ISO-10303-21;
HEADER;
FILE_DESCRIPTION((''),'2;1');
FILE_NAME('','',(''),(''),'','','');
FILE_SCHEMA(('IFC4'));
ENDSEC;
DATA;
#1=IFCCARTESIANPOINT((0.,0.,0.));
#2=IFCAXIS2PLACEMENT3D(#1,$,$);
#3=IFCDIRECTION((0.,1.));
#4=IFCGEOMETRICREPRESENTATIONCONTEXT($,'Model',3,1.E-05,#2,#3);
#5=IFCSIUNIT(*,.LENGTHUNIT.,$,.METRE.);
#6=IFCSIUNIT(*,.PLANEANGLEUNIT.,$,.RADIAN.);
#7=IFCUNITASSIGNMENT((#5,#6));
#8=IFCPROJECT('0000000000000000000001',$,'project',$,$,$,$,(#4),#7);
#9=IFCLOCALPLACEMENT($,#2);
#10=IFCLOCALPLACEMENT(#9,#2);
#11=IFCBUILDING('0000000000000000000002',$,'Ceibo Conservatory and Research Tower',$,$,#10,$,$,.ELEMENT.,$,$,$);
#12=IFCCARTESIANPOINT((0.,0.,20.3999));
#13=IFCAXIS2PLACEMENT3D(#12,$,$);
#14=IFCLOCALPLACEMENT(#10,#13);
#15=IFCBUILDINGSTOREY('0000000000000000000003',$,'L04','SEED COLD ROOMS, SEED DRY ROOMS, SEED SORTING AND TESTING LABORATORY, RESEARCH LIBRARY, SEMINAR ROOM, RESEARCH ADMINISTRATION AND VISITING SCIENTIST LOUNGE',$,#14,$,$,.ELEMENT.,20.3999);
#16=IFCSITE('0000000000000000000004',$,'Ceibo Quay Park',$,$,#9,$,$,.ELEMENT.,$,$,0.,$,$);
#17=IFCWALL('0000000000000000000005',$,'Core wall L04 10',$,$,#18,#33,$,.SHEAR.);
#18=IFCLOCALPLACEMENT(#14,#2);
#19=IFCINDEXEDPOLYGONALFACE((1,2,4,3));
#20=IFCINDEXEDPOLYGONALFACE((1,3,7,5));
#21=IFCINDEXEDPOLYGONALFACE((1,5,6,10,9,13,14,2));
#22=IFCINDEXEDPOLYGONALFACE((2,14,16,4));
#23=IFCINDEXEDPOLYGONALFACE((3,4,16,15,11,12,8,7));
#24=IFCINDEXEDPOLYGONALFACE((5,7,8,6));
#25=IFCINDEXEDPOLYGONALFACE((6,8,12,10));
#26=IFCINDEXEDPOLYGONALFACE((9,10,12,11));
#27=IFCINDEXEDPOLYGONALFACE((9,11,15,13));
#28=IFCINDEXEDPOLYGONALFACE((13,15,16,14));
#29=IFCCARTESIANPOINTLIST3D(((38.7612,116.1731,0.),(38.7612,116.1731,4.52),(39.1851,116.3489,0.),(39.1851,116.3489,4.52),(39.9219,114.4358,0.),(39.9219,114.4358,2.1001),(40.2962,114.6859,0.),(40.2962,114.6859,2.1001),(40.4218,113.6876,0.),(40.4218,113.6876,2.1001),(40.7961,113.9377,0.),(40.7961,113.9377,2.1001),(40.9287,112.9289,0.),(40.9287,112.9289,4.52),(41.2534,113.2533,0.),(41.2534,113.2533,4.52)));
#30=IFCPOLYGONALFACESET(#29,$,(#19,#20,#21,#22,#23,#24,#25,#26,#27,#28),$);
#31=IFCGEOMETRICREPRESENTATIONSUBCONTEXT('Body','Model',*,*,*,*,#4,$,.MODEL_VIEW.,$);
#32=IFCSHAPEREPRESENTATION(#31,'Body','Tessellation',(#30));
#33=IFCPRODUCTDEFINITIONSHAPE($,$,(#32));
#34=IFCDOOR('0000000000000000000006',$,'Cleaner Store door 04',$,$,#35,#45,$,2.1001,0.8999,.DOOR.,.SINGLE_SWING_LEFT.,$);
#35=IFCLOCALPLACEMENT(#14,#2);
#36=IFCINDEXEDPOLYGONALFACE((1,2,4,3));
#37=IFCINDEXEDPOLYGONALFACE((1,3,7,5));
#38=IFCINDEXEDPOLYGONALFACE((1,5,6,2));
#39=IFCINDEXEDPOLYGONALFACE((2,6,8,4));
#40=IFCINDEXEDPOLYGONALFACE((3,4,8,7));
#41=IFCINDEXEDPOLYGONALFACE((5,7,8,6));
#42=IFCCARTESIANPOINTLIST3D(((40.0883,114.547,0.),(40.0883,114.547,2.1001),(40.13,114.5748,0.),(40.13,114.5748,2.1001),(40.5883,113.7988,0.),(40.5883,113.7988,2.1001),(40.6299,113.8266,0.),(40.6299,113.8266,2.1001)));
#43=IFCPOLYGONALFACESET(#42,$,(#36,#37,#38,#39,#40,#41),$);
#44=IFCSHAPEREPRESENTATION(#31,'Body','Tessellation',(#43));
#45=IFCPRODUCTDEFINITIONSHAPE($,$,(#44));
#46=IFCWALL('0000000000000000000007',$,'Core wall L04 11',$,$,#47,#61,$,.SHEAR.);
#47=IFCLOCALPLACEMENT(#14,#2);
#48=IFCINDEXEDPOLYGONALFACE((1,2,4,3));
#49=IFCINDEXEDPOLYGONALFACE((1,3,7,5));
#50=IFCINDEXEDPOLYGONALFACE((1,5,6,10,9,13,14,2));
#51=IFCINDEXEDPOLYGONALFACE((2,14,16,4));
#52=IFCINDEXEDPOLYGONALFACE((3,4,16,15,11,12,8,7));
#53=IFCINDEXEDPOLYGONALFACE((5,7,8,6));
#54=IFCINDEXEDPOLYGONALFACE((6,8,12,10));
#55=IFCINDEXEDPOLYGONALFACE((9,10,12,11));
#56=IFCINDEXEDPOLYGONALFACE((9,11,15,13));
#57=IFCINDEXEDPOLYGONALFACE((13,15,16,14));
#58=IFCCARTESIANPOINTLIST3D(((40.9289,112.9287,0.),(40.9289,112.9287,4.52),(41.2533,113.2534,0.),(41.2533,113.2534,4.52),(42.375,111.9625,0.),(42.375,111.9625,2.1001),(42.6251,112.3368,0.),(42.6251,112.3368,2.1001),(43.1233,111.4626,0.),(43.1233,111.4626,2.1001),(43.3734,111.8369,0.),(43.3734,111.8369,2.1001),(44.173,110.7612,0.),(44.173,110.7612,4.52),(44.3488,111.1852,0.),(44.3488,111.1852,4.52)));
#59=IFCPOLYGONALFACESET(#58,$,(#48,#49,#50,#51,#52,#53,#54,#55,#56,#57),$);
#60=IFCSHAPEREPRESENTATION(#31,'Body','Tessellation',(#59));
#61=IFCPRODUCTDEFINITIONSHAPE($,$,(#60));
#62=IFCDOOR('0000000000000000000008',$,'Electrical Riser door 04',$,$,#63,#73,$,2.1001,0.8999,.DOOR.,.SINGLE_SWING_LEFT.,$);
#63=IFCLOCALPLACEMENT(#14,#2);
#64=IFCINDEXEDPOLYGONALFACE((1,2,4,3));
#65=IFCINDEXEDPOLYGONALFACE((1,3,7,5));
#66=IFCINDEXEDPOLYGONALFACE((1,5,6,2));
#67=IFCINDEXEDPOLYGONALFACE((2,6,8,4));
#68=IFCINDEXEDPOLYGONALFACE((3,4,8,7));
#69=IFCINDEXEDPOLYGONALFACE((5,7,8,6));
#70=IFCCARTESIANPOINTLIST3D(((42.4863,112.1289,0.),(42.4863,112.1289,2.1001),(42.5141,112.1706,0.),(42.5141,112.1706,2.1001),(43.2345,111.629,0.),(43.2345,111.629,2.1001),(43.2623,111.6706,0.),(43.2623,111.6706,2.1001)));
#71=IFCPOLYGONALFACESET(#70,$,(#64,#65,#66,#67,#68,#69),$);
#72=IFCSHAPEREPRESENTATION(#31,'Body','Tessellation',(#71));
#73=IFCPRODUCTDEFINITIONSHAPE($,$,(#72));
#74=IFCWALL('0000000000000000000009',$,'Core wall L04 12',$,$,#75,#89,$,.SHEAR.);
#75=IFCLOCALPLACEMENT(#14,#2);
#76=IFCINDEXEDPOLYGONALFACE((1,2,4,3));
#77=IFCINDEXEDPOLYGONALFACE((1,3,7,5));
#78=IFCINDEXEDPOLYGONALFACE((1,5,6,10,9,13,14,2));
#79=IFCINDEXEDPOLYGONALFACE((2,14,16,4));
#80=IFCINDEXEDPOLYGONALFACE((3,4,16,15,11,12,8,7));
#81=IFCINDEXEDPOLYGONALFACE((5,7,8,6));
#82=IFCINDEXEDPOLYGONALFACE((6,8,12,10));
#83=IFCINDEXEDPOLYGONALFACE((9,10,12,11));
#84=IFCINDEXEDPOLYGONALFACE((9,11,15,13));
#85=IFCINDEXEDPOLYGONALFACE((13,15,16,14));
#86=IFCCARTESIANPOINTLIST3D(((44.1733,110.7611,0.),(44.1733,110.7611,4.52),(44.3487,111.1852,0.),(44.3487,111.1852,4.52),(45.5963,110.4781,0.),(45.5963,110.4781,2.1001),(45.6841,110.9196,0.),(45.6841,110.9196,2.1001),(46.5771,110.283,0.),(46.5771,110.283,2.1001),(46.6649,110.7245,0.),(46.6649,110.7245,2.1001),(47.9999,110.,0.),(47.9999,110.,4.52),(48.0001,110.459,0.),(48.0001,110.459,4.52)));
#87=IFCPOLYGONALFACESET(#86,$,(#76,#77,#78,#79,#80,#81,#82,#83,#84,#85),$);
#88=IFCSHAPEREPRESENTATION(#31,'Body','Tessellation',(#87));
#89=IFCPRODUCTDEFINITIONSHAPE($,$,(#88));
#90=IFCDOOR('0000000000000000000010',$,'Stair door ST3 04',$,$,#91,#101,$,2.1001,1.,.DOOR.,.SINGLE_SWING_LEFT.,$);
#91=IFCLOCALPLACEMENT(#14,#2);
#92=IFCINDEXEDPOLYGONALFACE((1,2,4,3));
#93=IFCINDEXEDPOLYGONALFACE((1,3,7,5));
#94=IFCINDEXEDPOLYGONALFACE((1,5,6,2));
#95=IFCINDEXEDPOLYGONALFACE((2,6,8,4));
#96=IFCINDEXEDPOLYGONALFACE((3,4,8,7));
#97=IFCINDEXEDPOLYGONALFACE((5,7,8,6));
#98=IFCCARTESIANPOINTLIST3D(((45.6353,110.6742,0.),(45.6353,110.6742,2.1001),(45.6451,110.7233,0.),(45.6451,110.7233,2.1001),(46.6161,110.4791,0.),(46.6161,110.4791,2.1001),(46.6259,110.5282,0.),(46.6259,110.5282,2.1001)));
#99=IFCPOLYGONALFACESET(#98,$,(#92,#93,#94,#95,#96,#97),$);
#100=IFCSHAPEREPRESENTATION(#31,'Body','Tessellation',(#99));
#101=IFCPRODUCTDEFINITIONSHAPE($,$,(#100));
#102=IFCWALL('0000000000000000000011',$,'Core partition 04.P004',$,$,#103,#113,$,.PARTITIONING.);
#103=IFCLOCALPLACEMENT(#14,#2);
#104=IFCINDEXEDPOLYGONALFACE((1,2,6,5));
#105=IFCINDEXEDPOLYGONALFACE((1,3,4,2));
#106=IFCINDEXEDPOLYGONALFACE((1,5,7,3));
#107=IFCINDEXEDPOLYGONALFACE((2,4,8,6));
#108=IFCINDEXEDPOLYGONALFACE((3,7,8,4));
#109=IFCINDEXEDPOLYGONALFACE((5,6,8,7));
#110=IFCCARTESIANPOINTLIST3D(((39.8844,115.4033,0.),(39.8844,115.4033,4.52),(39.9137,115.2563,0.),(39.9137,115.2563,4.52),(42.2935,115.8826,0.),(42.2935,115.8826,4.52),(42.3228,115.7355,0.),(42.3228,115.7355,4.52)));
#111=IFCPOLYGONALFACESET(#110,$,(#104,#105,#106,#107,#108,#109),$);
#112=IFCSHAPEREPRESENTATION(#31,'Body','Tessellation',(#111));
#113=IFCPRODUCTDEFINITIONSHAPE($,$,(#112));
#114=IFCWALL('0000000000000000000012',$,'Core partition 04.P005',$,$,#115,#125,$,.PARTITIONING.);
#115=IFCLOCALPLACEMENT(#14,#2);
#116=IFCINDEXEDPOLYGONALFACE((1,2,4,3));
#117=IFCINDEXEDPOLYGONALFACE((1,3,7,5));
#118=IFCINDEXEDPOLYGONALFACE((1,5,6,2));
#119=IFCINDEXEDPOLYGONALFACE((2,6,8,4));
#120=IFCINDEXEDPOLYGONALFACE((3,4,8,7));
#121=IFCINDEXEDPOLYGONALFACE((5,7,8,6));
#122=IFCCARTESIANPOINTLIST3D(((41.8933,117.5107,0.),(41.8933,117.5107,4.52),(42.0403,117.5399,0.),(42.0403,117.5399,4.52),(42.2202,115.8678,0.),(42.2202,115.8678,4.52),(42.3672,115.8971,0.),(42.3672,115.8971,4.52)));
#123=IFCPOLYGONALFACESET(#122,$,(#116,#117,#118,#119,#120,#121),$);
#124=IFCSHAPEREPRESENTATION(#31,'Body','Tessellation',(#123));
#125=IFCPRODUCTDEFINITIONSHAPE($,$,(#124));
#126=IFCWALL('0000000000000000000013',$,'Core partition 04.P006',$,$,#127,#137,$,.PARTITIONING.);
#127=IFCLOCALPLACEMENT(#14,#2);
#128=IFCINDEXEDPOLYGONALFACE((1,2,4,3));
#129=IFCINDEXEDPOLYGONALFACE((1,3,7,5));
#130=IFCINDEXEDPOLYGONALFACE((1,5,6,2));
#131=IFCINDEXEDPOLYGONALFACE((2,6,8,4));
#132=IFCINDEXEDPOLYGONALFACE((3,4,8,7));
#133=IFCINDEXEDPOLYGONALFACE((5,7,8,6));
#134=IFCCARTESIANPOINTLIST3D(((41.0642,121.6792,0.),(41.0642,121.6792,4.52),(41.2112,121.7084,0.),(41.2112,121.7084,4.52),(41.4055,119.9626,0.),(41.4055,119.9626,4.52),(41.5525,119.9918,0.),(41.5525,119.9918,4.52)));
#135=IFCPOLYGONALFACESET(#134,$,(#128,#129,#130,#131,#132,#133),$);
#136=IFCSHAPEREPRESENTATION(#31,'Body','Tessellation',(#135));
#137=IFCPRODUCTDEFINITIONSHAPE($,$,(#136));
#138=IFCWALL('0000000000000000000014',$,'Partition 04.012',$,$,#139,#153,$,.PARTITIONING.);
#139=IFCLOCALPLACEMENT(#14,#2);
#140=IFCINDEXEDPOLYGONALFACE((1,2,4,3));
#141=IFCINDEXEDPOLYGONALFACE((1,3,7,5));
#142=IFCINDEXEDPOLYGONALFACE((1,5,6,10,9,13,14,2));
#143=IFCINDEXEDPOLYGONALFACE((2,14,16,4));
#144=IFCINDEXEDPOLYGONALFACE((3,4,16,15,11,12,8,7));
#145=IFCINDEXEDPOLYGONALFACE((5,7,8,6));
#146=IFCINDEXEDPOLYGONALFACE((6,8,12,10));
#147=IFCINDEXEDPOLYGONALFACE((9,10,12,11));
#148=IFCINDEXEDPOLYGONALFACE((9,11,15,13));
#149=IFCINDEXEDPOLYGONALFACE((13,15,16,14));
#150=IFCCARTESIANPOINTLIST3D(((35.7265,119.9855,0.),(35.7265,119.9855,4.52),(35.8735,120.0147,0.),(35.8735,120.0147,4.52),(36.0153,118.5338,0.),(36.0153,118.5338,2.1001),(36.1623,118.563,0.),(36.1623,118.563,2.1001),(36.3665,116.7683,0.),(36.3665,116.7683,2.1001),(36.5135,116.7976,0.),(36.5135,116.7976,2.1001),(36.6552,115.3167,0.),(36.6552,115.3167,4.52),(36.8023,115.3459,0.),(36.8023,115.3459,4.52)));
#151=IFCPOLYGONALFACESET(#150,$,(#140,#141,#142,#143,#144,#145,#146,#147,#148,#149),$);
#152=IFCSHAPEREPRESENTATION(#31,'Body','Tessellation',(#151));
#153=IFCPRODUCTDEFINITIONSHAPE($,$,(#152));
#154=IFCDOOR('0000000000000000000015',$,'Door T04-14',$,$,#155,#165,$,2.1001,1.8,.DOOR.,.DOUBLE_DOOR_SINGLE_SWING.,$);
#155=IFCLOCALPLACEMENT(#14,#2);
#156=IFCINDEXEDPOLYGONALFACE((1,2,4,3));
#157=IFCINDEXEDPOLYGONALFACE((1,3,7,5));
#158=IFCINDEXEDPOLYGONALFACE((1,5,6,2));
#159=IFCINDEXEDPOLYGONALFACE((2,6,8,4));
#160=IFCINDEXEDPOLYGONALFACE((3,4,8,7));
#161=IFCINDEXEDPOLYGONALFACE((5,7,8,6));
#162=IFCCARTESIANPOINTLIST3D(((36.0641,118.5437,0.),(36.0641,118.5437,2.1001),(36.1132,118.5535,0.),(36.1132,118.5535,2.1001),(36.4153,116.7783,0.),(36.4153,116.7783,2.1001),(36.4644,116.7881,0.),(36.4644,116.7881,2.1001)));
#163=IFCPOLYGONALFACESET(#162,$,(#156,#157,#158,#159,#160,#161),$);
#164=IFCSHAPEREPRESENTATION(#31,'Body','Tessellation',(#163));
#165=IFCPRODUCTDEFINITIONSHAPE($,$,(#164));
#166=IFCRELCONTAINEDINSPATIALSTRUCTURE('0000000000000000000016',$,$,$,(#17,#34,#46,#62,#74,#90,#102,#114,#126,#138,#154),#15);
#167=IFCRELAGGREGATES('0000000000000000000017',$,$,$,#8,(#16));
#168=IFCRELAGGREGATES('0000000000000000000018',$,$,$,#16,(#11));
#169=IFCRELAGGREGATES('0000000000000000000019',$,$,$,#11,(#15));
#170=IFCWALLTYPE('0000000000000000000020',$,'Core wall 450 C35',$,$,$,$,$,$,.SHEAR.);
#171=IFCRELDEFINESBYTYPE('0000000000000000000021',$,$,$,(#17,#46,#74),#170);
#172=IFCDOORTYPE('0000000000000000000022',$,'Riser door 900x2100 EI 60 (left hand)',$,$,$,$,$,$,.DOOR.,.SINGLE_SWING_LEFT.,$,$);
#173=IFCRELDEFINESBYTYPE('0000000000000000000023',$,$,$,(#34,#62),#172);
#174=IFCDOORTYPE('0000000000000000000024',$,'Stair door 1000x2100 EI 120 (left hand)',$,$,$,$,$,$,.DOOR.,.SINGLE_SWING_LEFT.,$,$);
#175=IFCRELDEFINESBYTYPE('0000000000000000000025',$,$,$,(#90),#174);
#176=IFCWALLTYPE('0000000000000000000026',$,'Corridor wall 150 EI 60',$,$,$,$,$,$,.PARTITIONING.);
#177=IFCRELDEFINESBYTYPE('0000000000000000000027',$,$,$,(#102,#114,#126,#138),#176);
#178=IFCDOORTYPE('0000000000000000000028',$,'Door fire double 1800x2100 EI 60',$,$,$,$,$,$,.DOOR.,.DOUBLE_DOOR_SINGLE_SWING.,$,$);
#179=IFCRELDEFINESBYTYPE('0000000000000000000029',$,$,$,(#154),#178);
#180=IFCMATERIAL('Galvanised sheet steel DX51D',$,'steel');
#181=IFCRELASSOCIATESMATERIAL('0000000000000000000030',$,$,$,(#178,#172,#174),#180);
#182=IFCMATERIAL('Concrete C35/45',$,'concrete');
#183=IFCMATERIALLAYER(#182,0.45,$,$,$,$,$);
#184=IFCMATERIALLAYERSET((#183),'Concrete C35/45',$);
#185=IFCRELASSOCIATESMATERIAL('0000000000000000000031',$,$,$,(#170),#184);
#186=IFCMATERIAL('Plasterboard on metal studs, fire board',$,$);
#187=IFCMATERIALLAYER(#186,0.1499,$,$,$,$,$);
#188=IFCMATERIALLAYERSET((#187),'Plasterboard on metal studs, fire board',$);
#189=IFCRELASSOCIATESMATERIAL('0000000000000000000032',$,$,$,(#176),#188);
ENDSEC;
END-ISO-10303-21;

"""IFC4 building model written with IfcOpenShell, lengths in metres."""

from ifc_helpers import new_model, si_unit, direction, frame, frame_2d, origin, place, context, subcontext, project, spatial, polyline, rectangle, outline, extrude, material, layer, layer_set, type_object, element, fill, save


model = new_model("IFC4")

# Units and contexts
model_context = context("Model", 3, precision=1e-05, world=origin(), true_north=direction((0.0, 1.0)))
body_context = subcontext(model_context, "Body", "Model", "MODEL_VIEW")
ifc_project = project(units=[si_unit("LENGTHUNIT", "METRE"), si_unit("PLANEANGLEUNIT", "RADIAN")], contexts=[model_context])

# Site, building, storey
site_placement = place(None, origin())
site = spatial("IfcSite", under=ifc_project, at=site_placement, Name="Ceibo Quay Park", CompositionType="ELEMENT", RefElevation=0.0)
building_placement = place(site_placement, origin())
building = spatial("IfcBuilding", under=site, at=building_placement, Name="Ceibo Conservatory and Research Tower", CompositionType="ELEMENT")
storey_placement = place(building_placement, frame((0.0, 0.0, 20.3999)))
storey = spatial("IfcBuildingStorey", under=building, at=storey_placement, Name="L04", Description="SEED COLD ROOMS, SEED DRY ROOMS, SEED SORTING AND TESTING LABORATORY, RESEARCH LIBRARY, SEMINAR ROOM, RESEARCH ADMINISTRATION AND VISITING SCIENTIST LOUNGE", CompositionType="ELEMENT", Elevation=20.3999)

# Shared definitions
ifc_material_1 = material(Name="Concrete C35/45", Category="concrete")

# Shared definitions
ifc_material_2 = material(Name="Galvanised sheet steel DX51D", Category="steel")
door_type_1 = type_object("IfcDoorType", Name="Door fire double 1800x2100 EI 60", OperationType="DOUBLE_DOOR_SINGLE_SWING", PredefinedType="DOOR", material=ifc_material_2)

# Walls, openings, doors
ifc_layer_1 = layer(ifc_material_1, 0.45)
ifc_layer_set_1 = layer_set([ifc_layer_1], Name="Concrete C35/45")
wall_type_1 = type_object("IfcWallType", Name="Core wall 450 C35", PredefinedType="SHEAR", material=ifc_layer_set_1)
wall_1_placement = place(storey_placement, frame((38.9731, 116.261, 0.0), z_axis=(0.0, 0.0, 1.0), x_axis=(0.555542, -0.831488, 0.0)))
wall_1 = element("IfcWall", 1, at=wall_1_placement, inside=storey, type_object=wall_type_1, Name="Core wall L04 10", PredefinedType="SHEAR", context=body_context, shape_type="SweptSolid", body=[
    extrude(outline(polyline([(-0.0447, -0.2251), (3.8569, -0.2251), (3.7676, 0.2251), (0.0447, 0.2251), (-0.0447, -0.2251)])), origin(), (0.0, 0.0, 1.0), 4.52),
])
opening_1_placement = place(wall_1_placement, frame((2.0447, 0.0, 0.0)))
opening_1 = element("IfcOpeningElement", 2, at=opening_1_placement, cuts=wall_1, PredefinedType="OPENING", context=body_context, shape_type="SweptSolid", body=[
    extrude(rectangle(XDim=0.8999, YDim=2.1001, at=frame_2d((0.45, 1.05))), frame((0.0, 0.2349, 0.0), z_axis=(0.0, -1.0, 0.0), x_axis=(1.0, 0.0, 0.0)), (0.0, 0.0, 1.0), 0.47),
])
door_type_2 = type_object("IfcDoorType", Name="Riser door 900x2100 EI 60 (left hand)", OperationType="SINGLE_SWING_LEFT", PredefinedType="DOOR", material=ifc_material_2)
door_1_placement = place(opening_1_placement, frame((0.8999, 0.0, 0.0), z_axis=(0.0, 0.0, 1.0), x_axis=(-1.0, 0.0, 0.0)))
door_1 = element("IfcDoor", 3, at=door_1_placement, inside=storey, type_object=door_type_2, Name="Cleaner Store door 04", OperationType="SINGLE_SWING_LEFT", OverallHeight=2.1001, OverallWidth=0.8999, PredefinedType="DOOR", context=body_context, shape_type="SweptSolid", body=[
    extrude(rectangle(XDim=0.8999, YDim=2.1001, at=frame_2d((0.45, 1.05))), frame((0.0, 0.0249, 0.0), z_axis=(0.0, -1.0, 0.0), x_axis=(1.0, 0.0, 0.0)), (0.0, 0.0, 1.0), 0.05),
])
fill(opening_1, door_1)
wall_2_placement = place(storey_placement, frame((41.0911, 113.0911, 0.0), z_axis=(0.0, 0.0, 1.0), x_axis=(0.831488, -0.555542, 0.0)))
wall_2 = element("IfcWall", 4, at=wall_2_placement, inside=storey, type_object=wall_type_1, Name="Core wall L04 11", PredefinedType="SHEAR", context=body_context, shape_type="SweptSolid", body=[
    extrude(outline(polyline([(-0.0447, -0.2251), (3.8569, -0.2251), (3.7676, 0.2251), (0.0447, 0.2251), (-0.0447, -0.2251)])), origin(), (0.0, 0.0, 1.0), 4.52),
])
opening_2_placement = place(wall_2_placement, frame((1.6946, 0.0, 0.0)))
opening_2 = element("IfcOpeningElement", 5, at=opening_2_placement, cuts=wall_2, PredefinedType="OPENING", context=body_context, shape_type="SweptSolid", body=[
    extrude(rectangle(XDim=0.8999, YDim=2.1001, at=frame_2d((0.45, 1.05))), frame((0.0, 0.2349, 0.0), z_axis=(0.0, -1.0, 0.0), x_axis=(1.0, 0.0, 0.0)), (0.0, 0.0, 1.0), 0.47),
])
door_2_placement = place(opening_2_placement, frame((0.8999, 0.0, 0.0), z_axis=(0.0, 0.0, 1.0), x_axis=(-1.0, 0.0, 0.0)))
door_2 = element("IfcDoor", 6, at=door_2_placement, inside=storey, type_object=door_type_2, Name="Electrical Riser door 04", OperationType="SINGLE_SWING_LEFT", OverallHeight=2.1001, OverallWidth=0.8999, PredefinedType="DOOR", context=body_context, shape_type="SweptSolid", body=[
    extrude(rectangle(XDim=0.8999, YDim=2.1001, at=frame_2d((0.45, 1.05))), frame((0.0, 0.0249, 0.0), z_axis=(0.0, -1.0, 0.0), x_axis=(1.0, 0.0, 0.0)), (0.0, 0.0, 1.0), 0.05),
])
fill(opening_2, door_2)
wall_3_placement = place(storey_placement, frame((44.261, 110.9731, 0.0), z_axis=(0.0, 0.0, 1.0), x_axis=(0.980789, -0.195069, 0.0)))
wall_3 = element("IfcWall", 7, at=wall_3_placement, inside=storey, type_object=wall_type_1, Name="Core wall L04 12", PredefinedType="SHEAR", context=body_context, shape_type="SweptSolid", body=[
    extrude(outline(polyline([(-0.0447, -0.2251), (3.8569, -0.2251), (3.7676, 0.2251), (0.0447, 0.2251), (-0.0447, -0.2251)])), origin(), (0.0, 0.0, 1.0), 4.52),
])
opening_3_placement = place(wall_3_placement, frame((1.4062, 0.0, 0.0)))
opening_3 = element("IfcOpeningElement", 8, at=opening_3_placement, cuts=wall_3, PredefinedType="OPENING", context=body_context, shape_type="SweptSolid", body=[
    extrude(rectangle(XDim=1.0, YDim=2.1001, at=frame_2d((0.5, 1.05))), frame((0.0, 0.2349, 0.0), z_axis=(0.0, -1.0, 0.0), x_axis=(1.0, 0.0, 0.0)), (0.0, 0.0, 1.0), 0.47),
])
door_type_3 = type_object("IfcDoorType", Name="Stair door 1000x2100 EI 120 (left hand)", OperationType="SINGLE_SWING_LEFT", PredefinedType="DOOR", material=ifc_material_2)
door_3_placement = place(opening_3_placement, origin())
door_3 = element("IfcDoor", 9, at=door_3_placement, inside=storey, type_object=door_type_3, Name="Stair door ST3 04", OperationType="SINGLE_SWING_LEFT", OverallHeight=2.1001, OverallWidth=1.0, PredefinedType="DOOR", context=body_context, shape_type="SweptSolid", body=[
    extrude(rectangle(XDim=1.0, YDim=2.1001, at=frame_2d((0.5, 1.05))), frame((0.0, 0.0249, 0.0), z_axis=(0.0, -1.0, 0.0), x_axis=(1.0, 0.0, 0.0)), (0.0, 0.0, 1.0), 0.05),
])
fill(opening_3, door_3)

# Walls
ifc_material_3 = material(Name="Plasterboard on metal studs, fire board")
ifc_layer_2 = layer(ifc_material_3, 0.1499)
ifc_layer_set_2 = layer_set([ifc_layer_2], Name="Plasterboard on metal studs, fire board")
wall_type_2 = type_object("IfcWallType", Name="Corridor wall 150 EI 60", PredefinedType="PARTITIONING", material=ifc_layer_set_2)
wall_4_placement = place(storey_placement, frame((39.8992, 115.3298, 0.0), z_axis=(0.0, 0.0, 1.0), x_axis=(0.980783, 0.195103, 0.0)))
element("IfcWall", 10, at=wall_4_placement, inside=storey, type_object=wall_type_2, Name="Core partition 04.P004", PredefinedType="PARTITIONING", context=body_context, shape_type="SweptSolid", body=[
    extrude(rectangle(XDim=2.4563, YDim=0.1499, at=frame_2d((1.228, 0.0))), origin(), (0.0, 0.0, 1.0), 4.52),
])
wall_5_placement = place(storey_placement, frame((42.2937, 115.8826, 0.0), z_axis=(0.0, 0.0, 1.0), x_axis=(-0.195163, 0.980771, 0.0)))
element("IfcWall", 11, at=wall_5_placement, inside=storey, type_object=wall_type_2, Name="Core partition 04.P005", PredefinedType="PARTITIONING", context=body_context, shape_type="SweptSolid", body=[
    extrude(rectangle(XDim=1.675, YDim=0.1499, at=frame_2d((0.8374, 0.0))), origin(), (0.0, 0.0, 1.0), 4.52),
])
wall_6_placement = place(storey_placement, frame((41.479, 119.9773, 0.0), z_axis=(0.0, 0.0, 1.0), x_axis=(-0.195016, 0.9808, 0.0)))
element("IfcWall", 12, at=wall_6_placement, inside=storey, type_object=wall_type_2, Name="Core partition 04.P006", PredefinedType="PARTITIONING", context=body_context, shape_type="SweptSolid", body=[
    extrude(rectangle(XDim=1.7502, YDim=0.1499, at=frame_2d((0.875, 0.0))), origin(), (0.0, 0.0, 1.0), 4.52),
])

# Wall, opening, door
wall_7_placement = place(storey_placement, frame((36.7288, 115.3313, 0.0), z_axis=(0.0, 0.0, 1.0), x_axis=(-0.1951, 0.980783, 0.0)))
wall_7 = element("IfcWall", 13, at=wall_7_placement, inside=storey, type_object=wall_type_2, Name="Partition 04.012", PredefinedType="PARTITIONING", context=body_context, shape_type="SweptSolid", body=[
    extrude(rectangle(XDim=4.7603, YDim=0.1499, at=frame_2d((2.3801, 0.0))), origin(), (0.0, 0.0, 1.0), 4.52),
])
opening_4_placement = place(wall_7_placement, frame((1.4802, 0.0, 0.0)))
opening_4 = element("IfcOpeningElement", 14, at=opening_4_placement, cuts=wall_7, PredefinedType="OPENING", context=body_context, shape_type="SweptSolid", body=[
    extrude(rectangle(XDim=1.8, YDim=2.1001, at=frame_2d((0.8999, 1.05))), frame((0.0, 0.085, 0.0), z_axis=(0.0, -1.0, 0.0), x_axis=(1.0, 0.0, 0.0)), (0.0, 0.0, 1.0), 0.1699),
])
door_4_placement = place(opening_4_placement, frame((1.8, 0.0, 0.0), z_axis=(0.0, 0.0, 1.0), x_axis=(-1.0, 0.0, 0.0)))
door_4 = element("IfcDoor", 15, at=door_4_placement, inside=storey, type_object=door_type_1, Name="Door T04-14", OperationType="DOUBLE_DOOR_SINGLE_SWING", OverallHeight=2.1001, OverallWidth=1.8, PredefinedType="DOOR", context=body_context, shape_type="SweptSolid", body=[
    extrude(rectangle(XDim=1.8, YDim=2.1001, at=frame_2d((0.8999, 1.05))), frame((0.0, 0.0249, 0.0), z_axis=(0.0, -1.0, 0.0), x_axis=(1.0, 0.0, 0.0)), (0.0, 0.0, 1.0), 0.05),
])
fill(opening_4, door_4)

save(model, "model.ifc")
